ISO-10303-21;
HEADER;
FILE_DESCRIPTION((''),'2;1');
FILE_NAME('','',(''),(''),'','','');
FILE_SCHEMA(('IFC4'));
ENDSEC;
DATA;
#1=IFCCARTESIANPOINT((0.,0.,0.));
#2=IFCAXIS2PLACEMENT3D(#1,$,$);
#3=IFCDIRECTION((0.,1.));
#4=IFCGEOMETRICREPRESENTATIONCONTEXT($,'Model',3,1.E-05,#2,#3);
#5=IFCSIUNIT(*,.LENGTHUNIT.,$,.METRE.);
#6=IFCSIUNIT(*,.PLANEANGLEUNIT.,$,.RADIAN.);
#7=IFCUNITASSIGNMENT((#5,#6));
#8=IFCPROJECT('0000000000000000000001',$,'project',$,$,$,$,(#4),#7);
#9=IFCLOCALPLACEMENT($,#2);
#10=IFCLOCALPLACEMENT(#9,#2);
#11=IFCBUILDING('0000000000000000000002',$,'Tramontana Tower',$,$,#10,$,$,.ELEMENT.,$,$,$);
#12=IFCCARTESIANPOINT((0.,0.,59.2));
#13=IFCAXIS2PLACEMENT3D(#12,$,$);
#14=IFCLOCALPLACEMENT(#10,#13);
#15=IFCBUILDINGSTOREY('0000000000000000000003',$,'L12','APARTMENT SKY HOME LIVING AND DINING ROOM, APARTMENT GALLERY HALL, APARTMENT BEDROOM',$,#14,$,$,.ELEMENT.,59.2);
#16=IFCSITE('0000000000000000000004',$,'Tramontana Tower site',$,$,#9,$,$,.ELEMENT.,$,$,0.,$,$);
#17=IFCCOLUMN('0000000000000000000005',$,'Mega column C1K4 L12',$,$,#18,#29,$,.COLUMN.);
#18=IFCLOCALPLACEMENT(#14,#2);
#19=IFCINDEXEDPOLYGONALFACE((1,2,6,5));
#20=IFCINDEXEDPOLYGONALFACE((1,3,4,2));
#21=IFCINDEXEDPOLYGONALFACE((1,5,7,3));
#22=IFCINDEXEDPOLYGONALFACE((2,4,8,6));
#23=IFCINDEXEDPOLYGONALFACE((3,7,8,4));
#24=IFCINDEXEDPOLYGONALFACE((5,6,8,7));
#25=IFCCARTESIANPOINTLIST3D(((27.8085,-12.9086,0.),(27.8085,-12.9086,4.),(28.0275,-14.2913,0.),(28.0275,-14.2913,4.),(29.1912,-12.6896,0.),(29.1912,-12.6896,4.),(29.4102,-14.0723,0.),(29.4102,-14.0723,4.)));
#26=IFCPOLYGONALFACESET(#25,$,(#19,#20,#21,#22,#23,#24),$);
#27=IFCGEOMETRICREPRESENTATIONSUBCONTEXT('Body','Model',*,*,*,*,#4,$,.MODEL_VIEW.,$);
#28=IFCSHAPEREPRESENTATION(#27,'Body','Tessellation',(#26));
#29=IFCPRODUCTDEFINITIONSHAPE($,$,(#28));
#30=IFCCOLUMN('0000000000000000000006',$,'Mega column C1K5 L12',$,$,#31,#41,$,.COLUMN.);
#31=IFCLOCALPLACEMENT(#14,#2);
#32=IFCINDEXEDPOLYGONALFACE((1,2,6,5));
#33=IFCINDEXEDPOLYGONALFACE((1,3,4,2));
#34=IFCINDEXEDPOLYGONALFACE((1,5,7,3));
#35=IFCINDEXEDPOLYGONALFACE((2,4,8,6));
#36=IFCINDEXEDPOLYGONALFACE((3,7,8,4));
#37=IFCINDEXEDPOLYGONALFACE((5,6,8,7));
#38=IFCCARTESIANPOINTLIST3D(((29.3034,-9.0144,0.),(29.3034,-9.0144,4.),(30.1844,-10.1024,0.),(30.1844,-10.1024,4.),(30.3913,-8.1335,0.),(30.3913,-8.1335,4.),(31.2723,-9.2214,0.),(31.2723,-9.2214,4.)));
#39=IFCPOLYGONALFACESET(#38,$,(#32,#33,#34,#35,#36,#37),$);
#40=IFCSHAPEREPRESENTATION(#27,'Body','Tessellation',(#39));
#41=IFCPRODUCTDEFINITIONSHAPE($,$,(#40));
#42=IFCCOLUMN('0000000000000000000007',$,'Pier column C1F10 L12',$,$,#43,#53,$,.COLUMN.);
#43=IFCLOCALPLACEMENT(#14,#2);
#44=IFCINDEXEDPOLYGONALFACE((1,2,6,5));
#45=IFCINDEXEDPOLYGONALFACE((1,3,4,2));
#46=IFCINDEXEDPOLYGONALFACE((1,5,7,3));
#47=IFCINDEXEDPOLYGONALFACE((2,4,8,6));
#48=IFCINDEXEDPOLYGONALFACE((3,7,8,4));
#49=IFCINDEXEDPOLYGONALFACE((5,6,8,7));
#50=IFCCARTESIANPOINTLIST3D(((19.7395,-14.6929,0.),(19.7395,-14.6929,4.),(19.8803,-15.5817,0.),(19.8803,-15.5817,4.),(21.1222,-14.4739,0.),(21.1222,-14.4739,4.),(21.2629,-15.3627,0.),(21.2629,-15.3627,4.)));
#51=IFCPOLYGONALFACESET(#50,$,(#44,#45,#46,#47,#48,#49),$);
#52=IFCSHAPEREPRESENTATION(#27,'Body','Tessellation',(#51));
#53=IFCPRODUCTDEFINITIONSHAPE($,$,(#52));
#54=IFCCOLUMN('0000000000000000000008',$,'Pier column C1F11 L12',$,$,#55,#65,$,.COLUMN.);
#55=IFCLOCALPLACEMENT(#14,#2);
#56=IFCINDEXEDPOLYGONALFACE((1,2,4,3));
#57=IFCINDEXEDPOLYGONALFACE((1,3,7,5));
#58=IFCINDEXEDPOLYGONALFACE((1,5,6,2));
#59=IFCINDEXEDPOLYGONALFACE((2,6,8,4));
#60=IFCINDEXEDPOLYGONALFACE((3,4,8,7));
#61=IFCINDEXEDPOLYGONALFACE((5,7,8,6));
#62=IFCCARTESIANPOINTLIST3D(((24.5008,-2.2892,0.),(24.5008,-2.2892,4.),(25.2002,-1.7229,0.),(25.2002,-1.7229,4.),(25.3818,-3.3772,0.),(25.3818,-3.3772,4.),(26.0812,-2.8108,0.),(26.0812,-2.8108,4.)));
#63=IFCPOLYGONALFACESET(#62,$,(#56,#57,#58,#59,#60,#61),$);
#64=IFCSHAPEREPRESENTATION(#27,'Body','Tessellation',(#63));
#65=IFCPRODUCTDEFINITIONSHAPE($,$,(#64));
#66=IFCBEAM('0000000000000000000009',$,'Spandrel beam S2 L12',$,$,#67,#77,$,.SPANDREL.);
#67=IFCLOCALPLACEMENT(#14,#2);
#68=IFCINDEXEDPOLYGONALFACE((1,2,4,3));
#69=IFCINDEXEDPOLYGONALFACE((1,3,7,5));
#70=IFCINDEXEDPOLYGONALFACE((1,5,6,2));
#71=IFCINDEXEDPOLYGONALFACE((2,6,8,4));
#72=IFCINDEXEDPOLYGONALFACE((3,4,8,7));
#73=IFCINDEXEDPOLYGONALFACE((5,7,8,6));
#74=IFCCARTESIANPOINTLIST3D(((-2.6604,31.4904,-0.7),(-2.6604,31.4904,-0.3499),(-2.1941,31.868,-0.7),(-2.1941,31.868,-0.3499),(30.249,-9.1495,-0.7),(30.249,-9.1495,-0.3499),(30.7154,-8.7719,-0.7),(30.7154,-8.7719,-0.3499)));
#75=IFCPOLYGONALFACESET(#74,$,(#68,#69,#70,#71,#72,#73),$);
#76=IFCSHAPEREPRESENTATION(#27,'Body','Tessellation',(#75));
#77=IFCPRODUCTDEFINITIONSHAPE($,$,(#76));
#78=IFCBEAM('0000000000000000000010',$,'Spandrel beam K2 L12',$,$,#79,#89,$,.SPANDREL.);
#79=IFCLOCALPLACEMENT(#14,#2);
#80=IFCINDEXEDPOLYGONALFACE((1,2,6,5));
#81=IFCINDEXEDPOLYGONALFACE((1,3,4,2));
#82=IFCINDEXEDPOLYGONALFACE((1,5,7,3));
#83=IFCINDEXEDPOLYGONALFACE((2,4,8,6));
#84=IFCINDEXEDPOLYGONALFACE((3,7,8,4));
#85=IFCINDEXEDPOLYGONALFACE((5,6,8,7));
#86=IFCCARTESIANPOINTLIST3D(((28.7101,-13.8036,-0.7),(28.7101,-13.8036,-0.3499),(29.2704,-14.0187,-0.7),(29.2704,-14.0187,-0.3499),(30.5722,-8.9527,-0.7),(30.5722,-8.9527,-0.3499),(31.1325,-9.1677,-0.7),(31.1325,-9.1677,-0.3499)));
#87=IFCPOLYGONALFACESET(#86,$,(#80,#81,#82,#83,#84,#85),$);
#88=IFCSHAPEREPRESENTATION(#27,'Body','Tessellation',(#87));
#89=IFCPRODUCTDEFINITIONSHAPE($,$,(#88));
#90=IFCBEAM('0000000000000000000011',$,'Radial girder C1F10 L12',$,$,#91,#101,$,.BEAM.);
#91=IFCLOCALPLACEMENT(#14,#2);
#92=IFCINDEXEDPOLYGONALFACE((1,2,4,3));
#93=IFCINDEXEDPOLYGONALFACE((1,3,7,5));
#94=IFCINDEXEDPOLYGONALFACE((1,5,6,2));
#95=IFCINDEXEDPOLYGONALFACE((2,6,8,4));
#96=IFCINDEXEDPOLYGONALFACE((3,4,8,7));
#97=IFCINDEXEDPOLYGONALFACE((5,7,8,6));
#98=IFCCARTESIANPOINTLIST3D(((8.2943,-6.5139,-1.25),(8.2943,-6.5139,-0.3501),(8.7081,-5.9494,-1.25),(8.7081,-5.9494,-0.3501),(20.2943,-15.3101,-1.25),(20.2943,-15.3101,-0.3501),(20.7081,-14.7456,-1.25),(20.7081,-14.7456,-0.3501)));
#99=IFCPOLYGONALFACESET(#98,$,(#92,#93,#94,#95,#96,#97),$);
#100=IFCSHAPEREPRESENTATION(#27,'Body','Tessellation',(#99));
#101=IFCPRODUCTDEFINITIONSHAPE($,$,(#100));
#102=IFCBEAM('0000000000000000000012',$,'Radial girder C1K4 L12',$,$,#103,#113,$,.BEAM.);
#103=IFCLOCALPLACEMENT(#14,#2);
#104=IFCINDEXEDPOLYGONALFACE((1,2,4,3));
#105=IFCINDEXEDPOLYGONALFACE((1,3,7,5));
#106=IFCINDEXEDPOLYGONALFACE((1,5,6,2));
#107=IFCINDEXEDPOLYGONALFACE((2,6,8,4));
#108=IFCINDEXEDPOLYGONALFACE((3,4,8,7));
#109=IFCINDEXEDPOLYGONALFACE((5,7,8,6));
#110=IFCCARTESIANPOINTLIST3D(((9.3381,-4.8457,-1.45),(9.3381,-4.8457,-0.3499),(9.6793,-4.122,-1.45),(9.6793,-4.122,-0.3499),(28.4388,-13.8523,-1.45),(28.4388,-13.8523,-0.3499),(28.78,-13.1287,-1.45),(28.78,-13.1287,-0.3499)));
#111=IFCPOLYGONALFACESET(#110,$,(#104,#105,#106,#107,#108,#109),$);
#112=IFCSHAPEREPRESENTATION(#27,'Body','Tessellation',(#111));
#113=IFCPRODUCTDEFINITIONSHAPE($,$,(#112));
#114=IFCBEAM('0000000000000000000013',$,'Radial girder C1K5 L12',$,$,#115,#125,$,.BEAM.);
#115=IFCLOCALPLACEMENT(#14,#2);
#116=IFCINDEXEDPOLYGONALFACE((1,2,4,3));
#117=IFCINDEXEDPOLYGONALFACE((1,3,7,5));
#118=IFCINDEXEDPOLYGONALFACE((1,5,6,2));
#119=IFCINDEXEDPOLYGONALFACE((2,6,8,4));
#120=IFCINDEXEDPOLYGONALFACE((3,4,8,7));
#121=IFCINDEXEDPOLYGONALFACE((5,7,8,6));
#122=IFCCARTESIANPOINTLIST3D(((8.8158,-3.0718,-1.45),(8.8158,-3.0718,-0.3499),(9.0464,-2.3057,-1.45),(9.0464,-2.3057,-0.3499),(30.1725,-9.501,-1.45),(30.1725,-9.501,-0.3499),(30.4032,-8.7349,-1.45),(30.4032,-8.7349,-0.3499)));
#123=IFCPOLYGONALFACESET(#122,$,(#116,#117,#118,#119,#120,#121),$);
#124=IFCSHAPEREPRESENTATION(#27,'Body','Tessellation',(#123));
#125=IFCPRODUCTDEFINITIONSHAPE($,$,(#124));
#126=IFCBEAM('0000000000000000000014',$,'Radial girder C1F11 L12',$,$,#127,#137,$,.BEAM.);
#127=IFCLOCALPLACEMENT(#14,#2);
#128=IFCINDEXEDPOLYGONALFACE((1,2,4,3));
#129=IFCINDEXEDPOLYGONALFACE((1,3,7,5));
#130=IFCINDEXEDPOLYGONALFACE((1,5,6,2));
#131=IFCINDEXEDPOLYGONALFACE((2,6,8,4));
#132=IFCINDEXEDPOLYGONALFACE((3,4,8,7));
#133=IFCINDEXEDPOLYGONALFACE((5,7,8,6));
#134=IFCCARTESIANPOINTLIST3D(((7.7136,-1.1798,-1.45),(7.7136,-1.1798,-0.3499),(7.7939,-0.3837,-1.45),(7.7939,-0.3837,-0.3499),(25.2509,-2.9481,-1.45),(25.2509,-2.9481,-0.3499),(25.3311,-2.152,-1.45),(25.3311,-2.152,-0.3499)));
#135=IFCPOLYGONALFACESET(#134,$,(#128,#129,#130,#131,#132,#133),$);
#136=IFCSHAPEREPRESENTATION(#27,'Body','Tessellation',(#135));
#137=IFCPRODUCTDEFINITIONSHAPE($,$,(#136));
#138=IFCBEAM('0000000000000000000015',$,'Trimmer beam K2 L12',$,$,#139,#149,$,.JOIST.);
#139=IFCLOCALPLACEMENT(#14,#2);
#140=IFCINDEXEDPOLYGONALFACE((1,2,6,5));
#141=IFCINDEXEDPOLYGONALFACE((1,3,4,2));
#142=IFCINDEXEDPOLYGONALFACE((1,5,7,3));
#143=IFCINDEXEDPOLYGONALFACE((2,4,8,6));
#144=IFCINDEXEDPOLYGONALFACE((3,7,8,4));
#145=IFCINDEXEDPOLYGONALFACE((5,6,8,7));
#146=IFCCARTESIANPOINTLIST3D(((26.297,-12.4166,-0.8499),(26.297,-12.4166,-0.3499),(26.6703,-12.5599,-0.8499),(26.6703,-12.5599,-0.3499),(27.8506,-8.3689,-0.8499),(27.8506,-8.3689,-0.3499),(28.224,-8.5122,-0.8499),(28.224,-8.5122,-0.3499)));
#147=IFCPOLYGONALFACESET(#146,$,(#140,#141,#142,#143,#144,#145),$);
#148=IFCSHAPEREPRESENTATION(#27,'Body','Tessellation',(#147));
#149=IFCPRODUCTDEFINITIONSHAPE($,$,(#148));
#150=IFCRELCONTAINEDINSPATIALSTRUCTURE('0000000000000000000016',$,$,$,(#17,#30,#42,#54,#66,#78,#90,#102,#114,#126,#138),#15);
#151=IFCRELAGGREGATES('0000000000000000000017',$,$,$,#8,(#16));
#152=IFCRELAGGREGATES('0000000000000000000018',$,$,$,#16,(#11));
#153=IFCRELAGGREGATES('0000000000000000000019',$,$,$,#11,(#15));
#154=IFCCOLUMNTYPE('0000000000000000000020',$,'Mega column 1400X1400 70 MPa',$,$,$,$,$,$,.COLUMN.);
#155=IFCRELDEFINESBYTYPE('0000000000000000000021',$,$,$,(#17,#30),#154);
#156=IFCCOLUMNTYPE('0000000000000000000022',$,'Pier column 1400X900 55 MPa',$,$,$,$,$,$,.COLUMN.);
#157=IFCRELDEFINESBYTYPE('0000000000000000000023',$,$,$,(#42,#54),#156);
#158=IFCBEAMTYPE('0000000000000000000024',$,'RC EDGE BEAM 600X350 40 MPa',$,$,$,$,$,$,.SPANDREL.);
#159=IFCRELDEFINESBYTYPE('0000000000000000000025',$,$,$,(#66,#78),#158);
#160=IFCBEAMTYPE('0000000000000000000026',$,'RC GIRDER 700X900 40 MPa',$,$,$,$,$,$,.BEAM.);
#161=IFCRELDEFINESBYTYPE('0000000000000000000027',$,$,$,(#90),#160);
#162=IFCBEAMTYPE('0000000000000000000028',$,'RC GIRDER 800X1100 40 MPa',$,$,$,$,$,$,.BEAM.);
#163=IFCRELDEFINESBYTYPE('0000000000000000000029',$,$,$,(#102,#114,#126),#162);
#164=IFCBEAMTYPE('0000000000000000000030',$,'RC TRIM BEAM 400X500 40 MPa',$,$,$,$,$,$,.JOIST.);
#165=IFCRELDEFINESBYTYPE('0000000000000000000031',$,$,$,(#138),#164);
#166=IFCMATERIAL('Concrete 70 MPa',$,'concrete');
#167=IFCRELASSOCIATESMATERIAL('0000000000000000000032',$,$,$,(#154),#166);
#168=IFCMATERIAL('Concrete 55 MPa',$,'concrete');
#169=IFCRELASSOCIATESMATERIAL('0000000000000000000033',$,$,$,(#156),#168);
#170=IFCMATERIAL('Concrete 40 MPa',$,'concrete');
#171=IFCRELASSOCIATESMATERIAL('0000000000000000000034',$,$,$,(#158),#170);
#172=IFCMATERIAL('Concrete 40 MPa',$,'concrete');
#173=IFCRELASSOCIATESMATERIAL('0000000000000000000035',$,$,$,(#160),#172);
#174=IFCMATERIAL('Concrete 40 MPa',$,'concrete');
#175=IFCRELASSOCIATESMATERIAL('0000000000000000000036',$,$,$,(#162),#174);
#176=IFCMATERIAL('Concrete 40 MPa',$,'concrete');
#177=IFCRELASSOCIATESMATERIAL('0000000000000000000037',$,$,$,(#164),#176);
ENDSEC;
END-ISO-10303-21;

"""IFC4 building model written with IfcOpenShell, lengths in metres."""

from ifc_helpers import new_model, si_unit, direction, frame, origin, origin_2d, place, context, subcontext, project, spatial, rectangle, extrude, material, material_profile, profile_set, type_object, element, save


model = new_model("IFC4")

# Units and contexts
model_context = context("Model", 3, precision=1e-05, world=origin(), true_north=direction((0.0, 1.0)))
body_context = subcontext(model_context, "Body", "Model", "MODEL_VIEW")
ifc_project = project(units=[si_unit("LENGTHUNIT", "METRE"), si_unit("PLANEANGLEUNIT", "RADIAN")], contexts=[model_context])

# Site, building, storey
site_placement = place(None, origin())
site = spatial("IfcSite", under=ifc_project, at=site_placement, Name="Tramontana Tower site", CompositionType="ELEMENT", RefElevation=0.0)
building_placement = place(site_placement, origin())
building = spatial("IfcBuilding", under=site, at=building_placement, Name="Tramontana Tower", CompositionType="ELEMENT")
storey_placement = place(building_placement, frame((0.0, 0.0, 59.2)))
storey = spatial("IfcBuildingStorey", under=building, at=storey_placement, Name="L12", Description="APARTMENT SKY HOME LIVING AND DINING ROOM, APARTMENT GALLERY HALL, APARTMENT BEDROOM", CompositionType="ELEMENT", Elevation=59.2)

# Columns
ifc_material_1 = material(Name="Concrete 70 MPa", Category="concrete")
ifc_material_profile_1 = material_profile(ifc_material_1, rectangle(XDim=1.3999, YDim=1.3999, at=origin_2d()), Name="Mega column 1400X1400 70 MPa")
ifc_profile_set_1 = profile_set([ifc_material_profile_1], Name="Concrete 70 MPa")
column_type_1 = type_object("IfcColumnType", Name="Mega column 1400X1400 70 MPa", PredefinedType="COLUMN", material=ifc_profile_set_1)
for number, where, z_axis, x_axis, name in (
    (1, (28.6094, -13.4905, 0.0), (0.0, 0.0, 1.0), (0.987688, 0.156434, 0.0), "Mega column C1K4 L12"),
    (2, (30.2878, -9.1179, 0.0), (0.0, 0.0, 1.0), (-0.62932, 0.777146, 0.0), "Mega column C1K5 L12"),
):
    element("IfcColumn", number, at=place(storey_placement, frame(where, z_axis=z_axis, x_axis=x_axis)), inside=storey, type_object=column_type_1, Name=name, PredefinedType="COLUMN", context=body_context, shape_type="SweptSolid", body=[
        extrude(rectangle(XDim=1.3999, YDim=1.3999, at=origin_2d()), origin(), (0.0, 0.0, 1.0), 4.0),
    ])
ifc_material_2 = material(Name="Concrete 55 MPa", Category="concrete")
ifc_material_profile_2 = material_profile(ifc_material_2, rectangle(XDim=1.3999, YDim=0.8999, at=origin_2d()), Name="Pier column 1400X900 55 MPa")
ifc_profile_set_2 = profile_set([ifc_material_profile_2], Name="Concrete 55 MPa")
column_type_2 = type_object("IfcColumnType", Name="Pier column 1400X900 55 MPa", PredefinedType="COLUMN", material=ifc_profile_set_2)
for number, where, z_axis, x_axis, name in (
    (3, (20.5012, -15.0278, 0.0), (0.0, 0.0, 1.0), (0.987688, 0.156434, 0.0), "Pier column C1F10 L12"),
    (4, (25.291, -2.55, 0.0), (0.0, 0.0, 1.0), (-0.62932, 0.777146, 0.0), "Pier column C1F11 L12"),
):
    element("IfcColumn", number, at=place(storey_placement, frame(where, z_axis=z_axis, x_axis=x_axis)), inside=storey, type_object=column_type_2, Name=name, PredefinedType="COLUMN", context=body_context, shape_type="SweptSolid", body=[
        extrude(rectangle(XDim=1.3999, YDim=0.8999, at=origin_2d()), origin(), (0.0, 0.0, 1.0), 4.0),
    ])

# Beams
ifc_material_3 = material(Name="Concrete 40 MPa", Category="concrete")
ifc_material_profile_3 = material_profile(ifc_material_3, rectangle(XDim=0.6001, YDim=0.3501, at=origin_2d()), Name="RC EDGE BEAM 600X350 40 MPa")
ifc_profile_set_3 = profile_set([ifc_material_profile_3], Name="Concrete 40 MPa")
beam_type_1 = type_object("IfcBeamType", Name="RC EDGE BEAM 600X350 40 MPa", PredefinedType="SPANDREL", material=ifc_profile_set_3)
beam_1_placement = place(storey_placement, frame((30.4822, -8.9607, -0.5249), z_axis=(-0.629319, 0.777147, 0.0), x_axis=(-0.777147, -0.629319, 0.0)))
element("IfcBeam", 5, at=beam_1_placement, inside=storey, type_object=beam_type_1, Name="Spandrel beam S2 L12", PredefinedType="SPANDREL", context=body_context, shape_type="SweptSolid", body=[
    extrude(rectangle(XDim=0.6001, YDim=0.3501, at=origin_2d()), origin(), (0.0, 0.0, 1.0), 52.2937),
])
beam_2_placement = place(storey_placement, frame((28.9902, -13.9111, -0.5249), z_axis=(0.358368, 0.93358, 0.0), x_axis=(-0.93358, 0.358368, 0.0)))
element("IfcBeam", 6, at=beam_2_placement, inside=storey, type_object=beam_type_1, Name="Spandrel beam K2 L12", PredefinedType="SPANDREL", context=body_context, shape_type="SweptSolid", body=[
    extrude(rectangle(XDim=0.6001, YDim=0.3501, at=origin_2d()), origin(), (0.0, 0.0, 1.0), 5.196),
])
ifc_material_4 = material(Name="Concrete 40 MPa", Category="concrete")
ifc_material_profile_4 = material_profile(ifc_material_4, rectangle(XDim=0.7, YDim=0.8999, at=origin_2d()), Name="RC GIRDER 700X900 40 MPa")
ifc_profile_set_4 = profile_set([ifc_material_profile_4], Name="Concrete 40 MPa")
beam_type_2 = type_object("IfcBeamType", Name="RC GIRDER 700X900 40 MPa", PredefinedType="BEAM", material=ifc_profile_set_4)
beam_3_placement = place(storey_placement, frame((20.5012, -15.0278, -0.8), z_axis=(-0.806529, 0.591195, 0.0), x_axis=(-0.591195, -0.806529, 0.0)))
element("IfcBeam", 7, at=beam_3_placement, inside=storey, type_object=beam_type_2, Name="Radial girder C1F10 L12", PredefinedType="BEAM", context=body_context, shape_type="SweptSolid", body=[
    extrude(rectangle(XDim=0.7, YDim=0.8999, at=origin_2d()), origin(), (0.0, 0.0, 1.0), 14.8787),
])
ifc_material_5 = material(Name="Concrete 40 MPa", Category="concrete")
ifc_material_profile_5 = material_profile(ifc_material_5, rectangle(XDim=0.8, YDim=1.1001, at=origin_2d()), Name="RC GIRDER 800X1100 40 MPa")
ifc_profile_set_5 = profile_set([ifc_material_profile_5], Name="Concrete 40 MPa")
beam_type_3 = type_object("IfcBeamType", Name="RC GIRDER 800X1100 40 MPa", PredefinedType="BEAM", material=ifc_profile_set_5)
beam_4_placement = place(storey_placement, frame((28.6094, -13.4905, -0.8999), z_axis=(-0.904489, 0.426498, 0.0), x_axis=(-0.426498, -0.904489, 0.0)))
element("IfcBeam", 8, at=beam_4_placement, inside=storey, type_object=beam_type_3, Name="Radial girder C1K4 L12", PredefinedType="BEAM", context=body_context, shape_type="SweptSolid", body=[
    extrude(rectangle(XDim=0.8, YDim=1.1001, at=origin_2d()), origin(), (0.0, 0.0, 1.0), 21.1177),
])
beam_5_placement = place(storey_placement, frame((30.2878, -9.1179, -0.8999), z_axis=(-0.957552, 0.288261, 0.0), x_axis=(-0.288261, -0.957552, 0.0)))
element("IfcBeam", 9, at=beam_5_placement, inside=storey, type_object=beam_type_3, Name="Radial girder C1K5 L12", PredefinedType="BEAM", context=body_context, shape_type="SweptSolid", body=[
    extrude(rectangle(XDim=0.8, YDim=1.1001, at=origin_2d()), origin(), (0.0, 0.0, 1.0), 22.3035),
])
beam_6_placement = place(storey_placement, frame((25.291, -2.55, -0.8999), z_axis=(-0.994955, 0.100322, 0.0), x_axis=(-0.100322, -0.994955, 0.0)))
element("IfcBeam", 10, at=beam_6_placement, inside=storey, type_object=beam_type_3, Name="Radial girder C1F11 L12", PredefinedType="BEAM", context=body_context, shape_type="SweptSolid", body=[
    extrude(rectangle(XDim=0.8, YDim=1.1001, at=origin_2d()), origin(), (0.0, 0.0, 1.0), 17.6262),
])
ifc_material_6 = material(Name="Concrete 40 MPa", Category="concrete")
ifc_material_profile_6 = material_profile(ifc_material_6, rectangle(XDim=0.3999, YDim=0.5, at=origin_2d()), Name="RC TRIM BEAM 400X500 40 MPa")
ifc_profile_set_6 = profile_set([ifc_material_profile_6], Name="Concrete 40 MPa")
beam_type_4 = type_object("IfcBeamType", Name="RC TRIM BEAM 400X500 40 MPa", PredefinedType="JOIST", material=ifc_profile_set_6)
beam_7_placement = place(storey_placement, frame((26.4836, -12.4883, -0.5999), z_axis=(0.358345, 0.933589, 0.0), x_axis=(-0.933589, 0.358345, 0.0)))
element("IfcBeam", 11, at=beam_7_placement, inside=storey, type_object=beam_type_4, Name="Trimmer beam K2 L12", PredefinedType="JOIST", context=body_context, shape_type="SweptSolid", body=[
    extrude(rectangle(XDim=0.3999, YDim=0.5, at=origin_2d()), origin(), (0.0, 0.0, 1.0), 4.3357),
])

save(model, "model.ifc")
